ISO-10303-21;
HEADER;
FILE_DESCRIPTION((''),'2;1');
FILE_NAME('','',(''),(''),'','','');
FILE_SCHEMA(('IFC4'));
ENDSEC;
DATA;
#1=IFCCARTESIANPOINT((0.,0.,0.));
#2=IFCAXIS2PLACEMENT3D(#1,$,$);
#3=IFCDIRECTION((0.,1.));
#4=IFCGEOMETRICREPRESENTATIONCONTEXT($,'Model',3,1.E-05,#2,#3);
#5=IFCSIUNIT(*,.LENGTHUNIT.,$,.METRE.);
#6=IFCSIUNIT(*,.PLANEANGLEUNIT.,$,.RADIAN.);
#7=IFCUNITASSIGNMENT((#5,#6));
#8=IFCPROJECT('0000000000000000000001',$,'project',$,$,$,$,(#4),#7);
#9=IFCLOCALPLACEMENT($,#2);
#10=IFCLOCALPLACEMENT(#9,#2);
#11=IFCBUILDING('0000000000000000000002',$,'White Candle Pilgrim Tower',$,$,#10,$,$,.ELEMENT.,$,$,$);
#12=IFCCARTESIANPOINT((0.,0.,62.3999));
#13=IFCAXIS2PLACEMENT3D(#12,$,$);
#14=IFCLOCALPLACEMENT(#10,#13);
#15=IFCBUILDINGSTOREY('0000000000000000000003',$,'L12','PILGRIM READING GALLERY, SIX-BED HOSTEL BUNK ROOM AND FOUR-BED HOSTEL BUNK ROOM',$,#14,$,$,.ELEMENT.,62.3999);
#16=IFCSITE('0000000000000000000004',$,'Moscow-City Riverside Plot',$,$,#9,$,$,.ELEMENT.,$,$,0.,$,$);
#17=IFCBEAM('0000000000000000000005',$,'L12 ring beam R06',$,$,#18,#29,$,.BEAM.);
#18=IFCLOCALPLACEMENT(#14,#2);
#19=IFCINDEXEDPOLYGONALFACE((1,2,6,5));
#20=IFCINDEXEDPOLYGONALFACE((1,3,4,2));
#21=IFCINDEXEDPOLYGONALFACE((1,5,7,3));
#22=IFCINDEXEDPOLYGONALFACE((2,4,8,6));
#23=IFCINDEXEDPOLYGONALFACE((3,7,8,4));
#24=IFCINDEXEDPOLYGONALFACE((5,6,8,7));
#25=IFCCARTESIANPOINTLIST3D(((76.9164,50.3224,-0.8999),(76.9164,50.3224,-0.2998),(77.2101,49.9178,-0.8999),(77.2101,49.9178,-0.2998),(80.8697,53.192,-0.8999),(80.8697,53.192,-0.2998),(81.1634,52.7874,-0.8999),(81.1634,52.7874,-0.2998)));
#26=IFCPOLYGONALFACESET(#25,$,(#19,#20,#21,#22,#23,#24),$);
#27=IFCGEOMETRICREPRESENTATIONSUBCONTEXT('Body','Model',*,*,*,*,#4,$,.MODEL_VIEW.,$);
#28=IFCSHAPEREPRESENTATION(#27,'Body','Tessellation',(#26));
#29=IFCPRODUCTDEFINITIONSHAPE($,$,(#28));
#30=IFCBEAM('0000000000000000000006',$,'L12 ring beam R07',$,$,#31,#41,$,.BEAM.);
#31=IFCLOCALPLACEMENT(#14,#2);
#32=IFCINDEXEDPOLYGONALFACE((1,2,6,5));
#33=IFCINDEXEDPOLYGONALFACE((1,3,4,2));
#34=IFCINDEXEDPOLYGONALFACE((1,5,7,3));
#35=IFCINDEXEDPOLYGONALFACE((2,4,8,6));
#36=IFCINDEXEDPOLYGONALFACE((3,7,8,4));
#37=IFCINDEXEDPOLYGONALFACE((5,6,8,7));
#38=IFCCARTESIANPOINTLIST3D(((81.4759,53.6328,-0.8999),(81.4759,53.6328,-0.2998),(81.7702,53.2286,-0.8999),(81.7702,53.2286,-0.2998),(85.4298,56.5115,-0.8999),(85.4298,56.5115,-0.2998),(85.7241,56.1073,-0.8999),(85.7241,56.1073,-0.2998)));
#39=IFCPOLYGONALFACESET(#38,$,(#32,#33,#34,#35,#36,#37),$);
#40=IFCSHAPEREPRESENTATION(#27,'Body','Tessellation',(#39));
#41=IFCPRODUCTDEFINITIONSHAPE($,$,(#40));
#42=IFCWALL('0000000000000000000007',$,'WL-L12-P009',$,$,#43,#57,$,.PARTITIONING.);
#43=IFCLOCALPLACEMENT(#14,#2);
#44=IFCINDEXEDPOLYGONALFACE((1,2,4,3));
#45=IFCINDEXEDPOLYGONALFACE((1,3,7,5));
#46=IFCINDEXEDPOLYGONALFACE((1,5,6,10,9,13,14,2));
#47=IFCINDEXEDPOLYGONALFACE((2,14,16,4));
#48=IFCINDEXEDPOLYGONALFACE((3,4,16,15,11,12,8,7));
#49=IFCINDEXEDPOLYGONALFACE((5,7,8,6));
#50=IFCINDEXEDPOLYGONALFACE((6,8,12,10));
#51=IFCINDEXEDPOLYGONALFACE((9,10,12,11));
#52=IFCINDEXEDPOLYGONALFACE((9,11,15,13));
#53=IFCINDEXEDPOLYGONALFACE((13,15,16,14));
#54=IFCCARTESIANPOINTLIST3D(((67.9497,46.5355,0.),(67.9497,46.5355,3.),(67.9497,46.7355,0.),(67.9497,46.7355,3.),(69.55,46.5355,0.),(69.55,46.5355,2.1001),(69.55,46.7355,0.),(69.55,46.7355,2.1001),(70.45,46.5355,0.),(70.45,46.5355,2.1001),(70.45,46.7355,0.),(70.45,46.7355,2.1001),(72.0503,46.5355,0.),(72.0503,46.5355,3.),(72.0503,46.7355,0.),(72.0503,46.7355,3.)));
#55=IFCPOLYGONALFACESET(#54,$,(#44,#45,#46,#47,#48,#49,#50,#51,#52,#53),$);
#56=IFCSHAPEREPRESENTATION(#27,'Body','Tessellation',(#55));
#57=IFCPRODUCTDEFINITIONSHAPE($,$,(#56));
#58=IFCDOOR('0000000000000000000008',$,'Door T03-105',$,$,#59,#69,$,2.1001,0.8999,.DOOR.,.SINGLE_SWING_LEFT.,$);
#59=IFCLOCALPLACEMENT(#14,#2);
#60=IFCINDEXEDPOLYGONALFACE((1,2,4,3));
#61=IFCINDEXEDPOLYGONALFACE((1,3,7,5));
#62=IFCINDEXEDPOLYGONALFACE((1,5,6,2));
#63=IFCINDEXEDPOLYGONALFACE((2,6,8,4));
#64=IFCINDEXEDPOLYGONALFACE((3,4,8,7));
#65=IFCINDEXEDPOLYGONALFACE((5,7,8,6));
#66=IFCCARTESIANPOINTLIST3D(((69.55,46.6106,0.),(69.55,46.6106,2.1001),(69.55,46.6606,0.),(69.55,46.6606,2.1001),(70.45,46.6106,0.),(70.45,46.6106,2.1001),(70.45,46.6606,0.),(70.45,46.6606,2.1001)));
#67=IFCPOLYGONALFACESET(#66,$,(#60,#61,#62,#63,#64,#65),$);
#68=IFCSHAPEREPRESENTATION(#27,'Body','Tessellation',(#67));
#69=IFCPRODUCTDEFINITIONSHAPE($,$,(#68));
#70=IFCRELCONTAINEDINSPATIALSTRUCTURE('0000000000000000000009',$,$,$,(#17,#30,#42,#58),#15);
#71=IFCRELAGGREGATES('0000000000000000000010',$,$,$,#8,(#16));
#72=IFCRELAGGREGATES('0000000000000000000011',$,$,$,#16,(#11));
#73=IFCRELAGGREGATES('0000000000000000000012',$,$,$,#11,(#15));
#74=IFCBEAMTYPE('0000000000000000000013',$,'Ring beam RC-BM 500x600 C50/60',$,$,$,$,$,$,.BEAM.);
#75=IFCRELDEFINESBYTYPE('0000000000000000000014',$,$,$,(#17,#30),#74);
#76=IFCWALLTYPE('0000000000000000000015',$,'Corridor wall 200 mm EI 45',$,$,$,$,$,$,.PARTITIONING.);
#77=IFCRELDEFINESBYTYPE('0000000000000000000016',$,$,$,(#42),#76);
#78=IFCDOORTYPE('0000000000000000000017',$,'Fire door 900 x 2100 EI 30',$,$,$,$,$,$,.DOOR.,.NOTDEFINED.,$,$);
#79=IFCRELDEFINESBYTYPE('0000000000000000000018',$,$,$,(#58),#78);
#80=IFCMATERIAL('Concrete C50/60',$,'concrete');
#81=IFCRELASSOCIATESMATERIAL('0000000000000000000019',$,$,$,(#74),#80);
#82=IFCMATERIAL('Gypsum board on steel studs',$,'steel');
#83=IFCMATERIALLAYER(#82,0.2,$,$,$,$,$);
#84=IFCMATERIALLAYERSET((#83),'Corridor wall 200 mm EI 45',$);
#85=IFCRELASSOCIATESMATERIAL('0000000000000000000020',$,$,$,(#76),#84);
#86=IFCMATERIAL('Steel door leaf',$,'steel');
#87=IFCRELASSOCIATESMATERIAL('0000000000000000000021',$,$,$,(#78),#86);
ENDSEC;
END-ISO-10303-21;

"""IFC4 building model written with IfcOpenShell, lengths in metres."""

from ifc_helpers import new_model, si_unit, direction, frame, frame_2d, origin, origin_2d, place, context, subcontext, project, spatial, rectangle, extrude, material, layer, layer_set, material_profile, profile_set, type_object, element, fill, save


model = new_model("IFC4")

# Units and contexts
model_context = context("Model", 3, precision=1e-05, world=origin(), true_north=direction((0.0, 1.0)))
body_context = subcontext(model_context, "Body", "Model", "MODEL_VIEW")
ifc_project = project(units=[si_unit("LENGTHUNIT", "METRE"), si_unit("PLANEANGLEUNIT", "RADIAN")], contexts=[model_context])

# Site, building, storey
site_placement = place(None, origin())
site = spatial("IfcSite", under=ifc_project, at=site_placement, Name="Moscow-City Riverside Plot", CompositionType="ELEMENT", RefElevation=0.0)
building_placement = place(site_placement, origin())
building = spatial("IfcBuilding", under=site, at=building_placement, Name="White Candle Pilgrim Tower", CompositionType="ELEMENT")
storey_placement = place(building_placement, frame((0.0, 0.0, 62.3999)))
storey = spatial("IfcBuildingStorey", under=building, at=storey_placement, Name="L12", Description="PILGRIM READING GALLERY, SIX-BED HOSTEL BUNK ROOM AND FOUR-BED HOSTEL BUNK ROOM", CompositionType="ELEMENT", Elevation=62.3999)

# Beams
ifc_material_1 = material(Name="Concrete C50/60", Category="concrete")
ifc_material_profile_1 = material_profile(ifc_material_1, rectangle(XDim=0.5, YDim=0.6001, at=origin_2d()), Name="RC-BM 500x600")
ifc_profile_set_1 = profile_set([ifc_material_profile_1], Name="Concrete C50/60")
beam_type = type_object("IfcBeamType", Name="Ring beam RC-BM 500x600 C50/60", PredefinedType="BEAM", material=ifc_profile_set_1)
beam_1_placement = place(storey_placement, frame((77.0632, 50.1201, -0.5999), z_axis=(0.809276, 0.587429, 0.0), x_axis=(-0.587429, 0.809276, 0.0)))
element("IfcBeam", 1, at=beam_1_placement, inside=storey, type_object=beam_type, Name="L12 ring beam R06", PredefinedType="BEAM", context=body_context, shape_type="SweptSolid", body=[
    extrude(rectangle(XDim=0.5, YDim=0.6001, at=origin_2d()), origin(), (0.0, 0.0, 1.0), 4.885),
])
beam_2_placement = place(storey_placement, frame((81.623, 53.4307, -0.5999), z_axis=(0.808432, 0.58859, 0.0), x_axis=(-0.58859, 0.808432, 0.0)))
element("IfcBeam", 2, at=beam_2_placement, inside=storey, type_object=beam_type, Name="L12 ring beam R07", PredefinedType="BEAM", context=body_context, shape_type="SweptSolid", body=[
    extrude(rectangle(XDim=0.5, YDim=0.6001, at=origin_2d()), origin(), (0.0, 0.0, 1.0), 4.8909),
])

# Wall, opening, door
ifc_material_2 = material(Name="Gypsum board on steel studs", Category="steel")
ifc_layer_1 = layer(ifc_material_2, 0.2)
ifc_layer_set_1 = layer_set([ifc_layer_1], Name="Corridor wall 200 mm EI 45")
wall_type_1 = type_object("IfcWallType", Name="Corridor wall 200 mm EI 45", PredefinedType="PARTITIONING", material=ifc_layer_set_1)
wall_1_placement = place(storey_placement, frame((72.0503, 46.6355, 0.0), z_axis=(0.0, 0.0, 1.0), x_axis=(-1.0, 0.0, 0.0)))
wall_1 = element("IfcWall", 3, at=wall_1_placement, inside=storey, type_object=wall_type_1, Name="WL-L12-P009", PredefinedType="PARTITIONING", context=body_context, shape_type="SweptSolid", body=[
    extrude(rectangle(XDim=4.1006, YDim=0.2, at=frame_2d((2.0503, 0.0))), origin(), (0.0, 0.0, 1.0), 3.0),
])
opening_1_placement = place(wall_1_placement, frame((1.6003, 0.0, 0.0)))
opening_1 = element("IfcOpeningElement", 4, at=opening_1_placement, cuts=wall_1, PredefinedType="OPENING", context=body_context, shape_type="SweptSolid", body=[
    extrude(rectangle(XDim=0.8999, YDim=2.1001, at=frame_2d((0.45, 1.05))), frame((0.0, 0.1099, 0.0), z_axis=(0.0, -1.0, 0.0), x_axis=(1.0, 0.0, 0.0)), (0.0, 0.0, 1.0), 0.22),
])
ifc_material_3 = material(Name="Steel door leaf", Category="steel")
door_type_1 = type_object("IfcDoorType", Name="Fire door 900 x 2100 EI 30", OperationType="NOTDEFINED", PredefinedType="DOOR", material=ifc_material_3)
door_1_placement = place(opening_1_placement, origin())
door_1 = element("IfcDoor", 5, at=door_1_placement, inside=storey, type_object=door_type_1, Name="Door T03-105", OperationType="SINGLE_SWING_LEFT", OverallHeight=2.1001, OverallWidth=0.8999, PredefinedType="DOOR", context=body_context, shape_type="SweptSolid", body=[
    extrude(rectangle(XDim=0.8999, YDim=2.1001, at=frame_2d((0.45, 1.05))), frame((0.0, 0.0249, 0.0), z_axis=(0.0, -1.0, 0.0), x_axis=(1.0, 0.0, 0.0)), (0.0, 0.0, 1.0), 0.05),
])
fill(opening_1, door_1)

save(model, "model.ifc")
